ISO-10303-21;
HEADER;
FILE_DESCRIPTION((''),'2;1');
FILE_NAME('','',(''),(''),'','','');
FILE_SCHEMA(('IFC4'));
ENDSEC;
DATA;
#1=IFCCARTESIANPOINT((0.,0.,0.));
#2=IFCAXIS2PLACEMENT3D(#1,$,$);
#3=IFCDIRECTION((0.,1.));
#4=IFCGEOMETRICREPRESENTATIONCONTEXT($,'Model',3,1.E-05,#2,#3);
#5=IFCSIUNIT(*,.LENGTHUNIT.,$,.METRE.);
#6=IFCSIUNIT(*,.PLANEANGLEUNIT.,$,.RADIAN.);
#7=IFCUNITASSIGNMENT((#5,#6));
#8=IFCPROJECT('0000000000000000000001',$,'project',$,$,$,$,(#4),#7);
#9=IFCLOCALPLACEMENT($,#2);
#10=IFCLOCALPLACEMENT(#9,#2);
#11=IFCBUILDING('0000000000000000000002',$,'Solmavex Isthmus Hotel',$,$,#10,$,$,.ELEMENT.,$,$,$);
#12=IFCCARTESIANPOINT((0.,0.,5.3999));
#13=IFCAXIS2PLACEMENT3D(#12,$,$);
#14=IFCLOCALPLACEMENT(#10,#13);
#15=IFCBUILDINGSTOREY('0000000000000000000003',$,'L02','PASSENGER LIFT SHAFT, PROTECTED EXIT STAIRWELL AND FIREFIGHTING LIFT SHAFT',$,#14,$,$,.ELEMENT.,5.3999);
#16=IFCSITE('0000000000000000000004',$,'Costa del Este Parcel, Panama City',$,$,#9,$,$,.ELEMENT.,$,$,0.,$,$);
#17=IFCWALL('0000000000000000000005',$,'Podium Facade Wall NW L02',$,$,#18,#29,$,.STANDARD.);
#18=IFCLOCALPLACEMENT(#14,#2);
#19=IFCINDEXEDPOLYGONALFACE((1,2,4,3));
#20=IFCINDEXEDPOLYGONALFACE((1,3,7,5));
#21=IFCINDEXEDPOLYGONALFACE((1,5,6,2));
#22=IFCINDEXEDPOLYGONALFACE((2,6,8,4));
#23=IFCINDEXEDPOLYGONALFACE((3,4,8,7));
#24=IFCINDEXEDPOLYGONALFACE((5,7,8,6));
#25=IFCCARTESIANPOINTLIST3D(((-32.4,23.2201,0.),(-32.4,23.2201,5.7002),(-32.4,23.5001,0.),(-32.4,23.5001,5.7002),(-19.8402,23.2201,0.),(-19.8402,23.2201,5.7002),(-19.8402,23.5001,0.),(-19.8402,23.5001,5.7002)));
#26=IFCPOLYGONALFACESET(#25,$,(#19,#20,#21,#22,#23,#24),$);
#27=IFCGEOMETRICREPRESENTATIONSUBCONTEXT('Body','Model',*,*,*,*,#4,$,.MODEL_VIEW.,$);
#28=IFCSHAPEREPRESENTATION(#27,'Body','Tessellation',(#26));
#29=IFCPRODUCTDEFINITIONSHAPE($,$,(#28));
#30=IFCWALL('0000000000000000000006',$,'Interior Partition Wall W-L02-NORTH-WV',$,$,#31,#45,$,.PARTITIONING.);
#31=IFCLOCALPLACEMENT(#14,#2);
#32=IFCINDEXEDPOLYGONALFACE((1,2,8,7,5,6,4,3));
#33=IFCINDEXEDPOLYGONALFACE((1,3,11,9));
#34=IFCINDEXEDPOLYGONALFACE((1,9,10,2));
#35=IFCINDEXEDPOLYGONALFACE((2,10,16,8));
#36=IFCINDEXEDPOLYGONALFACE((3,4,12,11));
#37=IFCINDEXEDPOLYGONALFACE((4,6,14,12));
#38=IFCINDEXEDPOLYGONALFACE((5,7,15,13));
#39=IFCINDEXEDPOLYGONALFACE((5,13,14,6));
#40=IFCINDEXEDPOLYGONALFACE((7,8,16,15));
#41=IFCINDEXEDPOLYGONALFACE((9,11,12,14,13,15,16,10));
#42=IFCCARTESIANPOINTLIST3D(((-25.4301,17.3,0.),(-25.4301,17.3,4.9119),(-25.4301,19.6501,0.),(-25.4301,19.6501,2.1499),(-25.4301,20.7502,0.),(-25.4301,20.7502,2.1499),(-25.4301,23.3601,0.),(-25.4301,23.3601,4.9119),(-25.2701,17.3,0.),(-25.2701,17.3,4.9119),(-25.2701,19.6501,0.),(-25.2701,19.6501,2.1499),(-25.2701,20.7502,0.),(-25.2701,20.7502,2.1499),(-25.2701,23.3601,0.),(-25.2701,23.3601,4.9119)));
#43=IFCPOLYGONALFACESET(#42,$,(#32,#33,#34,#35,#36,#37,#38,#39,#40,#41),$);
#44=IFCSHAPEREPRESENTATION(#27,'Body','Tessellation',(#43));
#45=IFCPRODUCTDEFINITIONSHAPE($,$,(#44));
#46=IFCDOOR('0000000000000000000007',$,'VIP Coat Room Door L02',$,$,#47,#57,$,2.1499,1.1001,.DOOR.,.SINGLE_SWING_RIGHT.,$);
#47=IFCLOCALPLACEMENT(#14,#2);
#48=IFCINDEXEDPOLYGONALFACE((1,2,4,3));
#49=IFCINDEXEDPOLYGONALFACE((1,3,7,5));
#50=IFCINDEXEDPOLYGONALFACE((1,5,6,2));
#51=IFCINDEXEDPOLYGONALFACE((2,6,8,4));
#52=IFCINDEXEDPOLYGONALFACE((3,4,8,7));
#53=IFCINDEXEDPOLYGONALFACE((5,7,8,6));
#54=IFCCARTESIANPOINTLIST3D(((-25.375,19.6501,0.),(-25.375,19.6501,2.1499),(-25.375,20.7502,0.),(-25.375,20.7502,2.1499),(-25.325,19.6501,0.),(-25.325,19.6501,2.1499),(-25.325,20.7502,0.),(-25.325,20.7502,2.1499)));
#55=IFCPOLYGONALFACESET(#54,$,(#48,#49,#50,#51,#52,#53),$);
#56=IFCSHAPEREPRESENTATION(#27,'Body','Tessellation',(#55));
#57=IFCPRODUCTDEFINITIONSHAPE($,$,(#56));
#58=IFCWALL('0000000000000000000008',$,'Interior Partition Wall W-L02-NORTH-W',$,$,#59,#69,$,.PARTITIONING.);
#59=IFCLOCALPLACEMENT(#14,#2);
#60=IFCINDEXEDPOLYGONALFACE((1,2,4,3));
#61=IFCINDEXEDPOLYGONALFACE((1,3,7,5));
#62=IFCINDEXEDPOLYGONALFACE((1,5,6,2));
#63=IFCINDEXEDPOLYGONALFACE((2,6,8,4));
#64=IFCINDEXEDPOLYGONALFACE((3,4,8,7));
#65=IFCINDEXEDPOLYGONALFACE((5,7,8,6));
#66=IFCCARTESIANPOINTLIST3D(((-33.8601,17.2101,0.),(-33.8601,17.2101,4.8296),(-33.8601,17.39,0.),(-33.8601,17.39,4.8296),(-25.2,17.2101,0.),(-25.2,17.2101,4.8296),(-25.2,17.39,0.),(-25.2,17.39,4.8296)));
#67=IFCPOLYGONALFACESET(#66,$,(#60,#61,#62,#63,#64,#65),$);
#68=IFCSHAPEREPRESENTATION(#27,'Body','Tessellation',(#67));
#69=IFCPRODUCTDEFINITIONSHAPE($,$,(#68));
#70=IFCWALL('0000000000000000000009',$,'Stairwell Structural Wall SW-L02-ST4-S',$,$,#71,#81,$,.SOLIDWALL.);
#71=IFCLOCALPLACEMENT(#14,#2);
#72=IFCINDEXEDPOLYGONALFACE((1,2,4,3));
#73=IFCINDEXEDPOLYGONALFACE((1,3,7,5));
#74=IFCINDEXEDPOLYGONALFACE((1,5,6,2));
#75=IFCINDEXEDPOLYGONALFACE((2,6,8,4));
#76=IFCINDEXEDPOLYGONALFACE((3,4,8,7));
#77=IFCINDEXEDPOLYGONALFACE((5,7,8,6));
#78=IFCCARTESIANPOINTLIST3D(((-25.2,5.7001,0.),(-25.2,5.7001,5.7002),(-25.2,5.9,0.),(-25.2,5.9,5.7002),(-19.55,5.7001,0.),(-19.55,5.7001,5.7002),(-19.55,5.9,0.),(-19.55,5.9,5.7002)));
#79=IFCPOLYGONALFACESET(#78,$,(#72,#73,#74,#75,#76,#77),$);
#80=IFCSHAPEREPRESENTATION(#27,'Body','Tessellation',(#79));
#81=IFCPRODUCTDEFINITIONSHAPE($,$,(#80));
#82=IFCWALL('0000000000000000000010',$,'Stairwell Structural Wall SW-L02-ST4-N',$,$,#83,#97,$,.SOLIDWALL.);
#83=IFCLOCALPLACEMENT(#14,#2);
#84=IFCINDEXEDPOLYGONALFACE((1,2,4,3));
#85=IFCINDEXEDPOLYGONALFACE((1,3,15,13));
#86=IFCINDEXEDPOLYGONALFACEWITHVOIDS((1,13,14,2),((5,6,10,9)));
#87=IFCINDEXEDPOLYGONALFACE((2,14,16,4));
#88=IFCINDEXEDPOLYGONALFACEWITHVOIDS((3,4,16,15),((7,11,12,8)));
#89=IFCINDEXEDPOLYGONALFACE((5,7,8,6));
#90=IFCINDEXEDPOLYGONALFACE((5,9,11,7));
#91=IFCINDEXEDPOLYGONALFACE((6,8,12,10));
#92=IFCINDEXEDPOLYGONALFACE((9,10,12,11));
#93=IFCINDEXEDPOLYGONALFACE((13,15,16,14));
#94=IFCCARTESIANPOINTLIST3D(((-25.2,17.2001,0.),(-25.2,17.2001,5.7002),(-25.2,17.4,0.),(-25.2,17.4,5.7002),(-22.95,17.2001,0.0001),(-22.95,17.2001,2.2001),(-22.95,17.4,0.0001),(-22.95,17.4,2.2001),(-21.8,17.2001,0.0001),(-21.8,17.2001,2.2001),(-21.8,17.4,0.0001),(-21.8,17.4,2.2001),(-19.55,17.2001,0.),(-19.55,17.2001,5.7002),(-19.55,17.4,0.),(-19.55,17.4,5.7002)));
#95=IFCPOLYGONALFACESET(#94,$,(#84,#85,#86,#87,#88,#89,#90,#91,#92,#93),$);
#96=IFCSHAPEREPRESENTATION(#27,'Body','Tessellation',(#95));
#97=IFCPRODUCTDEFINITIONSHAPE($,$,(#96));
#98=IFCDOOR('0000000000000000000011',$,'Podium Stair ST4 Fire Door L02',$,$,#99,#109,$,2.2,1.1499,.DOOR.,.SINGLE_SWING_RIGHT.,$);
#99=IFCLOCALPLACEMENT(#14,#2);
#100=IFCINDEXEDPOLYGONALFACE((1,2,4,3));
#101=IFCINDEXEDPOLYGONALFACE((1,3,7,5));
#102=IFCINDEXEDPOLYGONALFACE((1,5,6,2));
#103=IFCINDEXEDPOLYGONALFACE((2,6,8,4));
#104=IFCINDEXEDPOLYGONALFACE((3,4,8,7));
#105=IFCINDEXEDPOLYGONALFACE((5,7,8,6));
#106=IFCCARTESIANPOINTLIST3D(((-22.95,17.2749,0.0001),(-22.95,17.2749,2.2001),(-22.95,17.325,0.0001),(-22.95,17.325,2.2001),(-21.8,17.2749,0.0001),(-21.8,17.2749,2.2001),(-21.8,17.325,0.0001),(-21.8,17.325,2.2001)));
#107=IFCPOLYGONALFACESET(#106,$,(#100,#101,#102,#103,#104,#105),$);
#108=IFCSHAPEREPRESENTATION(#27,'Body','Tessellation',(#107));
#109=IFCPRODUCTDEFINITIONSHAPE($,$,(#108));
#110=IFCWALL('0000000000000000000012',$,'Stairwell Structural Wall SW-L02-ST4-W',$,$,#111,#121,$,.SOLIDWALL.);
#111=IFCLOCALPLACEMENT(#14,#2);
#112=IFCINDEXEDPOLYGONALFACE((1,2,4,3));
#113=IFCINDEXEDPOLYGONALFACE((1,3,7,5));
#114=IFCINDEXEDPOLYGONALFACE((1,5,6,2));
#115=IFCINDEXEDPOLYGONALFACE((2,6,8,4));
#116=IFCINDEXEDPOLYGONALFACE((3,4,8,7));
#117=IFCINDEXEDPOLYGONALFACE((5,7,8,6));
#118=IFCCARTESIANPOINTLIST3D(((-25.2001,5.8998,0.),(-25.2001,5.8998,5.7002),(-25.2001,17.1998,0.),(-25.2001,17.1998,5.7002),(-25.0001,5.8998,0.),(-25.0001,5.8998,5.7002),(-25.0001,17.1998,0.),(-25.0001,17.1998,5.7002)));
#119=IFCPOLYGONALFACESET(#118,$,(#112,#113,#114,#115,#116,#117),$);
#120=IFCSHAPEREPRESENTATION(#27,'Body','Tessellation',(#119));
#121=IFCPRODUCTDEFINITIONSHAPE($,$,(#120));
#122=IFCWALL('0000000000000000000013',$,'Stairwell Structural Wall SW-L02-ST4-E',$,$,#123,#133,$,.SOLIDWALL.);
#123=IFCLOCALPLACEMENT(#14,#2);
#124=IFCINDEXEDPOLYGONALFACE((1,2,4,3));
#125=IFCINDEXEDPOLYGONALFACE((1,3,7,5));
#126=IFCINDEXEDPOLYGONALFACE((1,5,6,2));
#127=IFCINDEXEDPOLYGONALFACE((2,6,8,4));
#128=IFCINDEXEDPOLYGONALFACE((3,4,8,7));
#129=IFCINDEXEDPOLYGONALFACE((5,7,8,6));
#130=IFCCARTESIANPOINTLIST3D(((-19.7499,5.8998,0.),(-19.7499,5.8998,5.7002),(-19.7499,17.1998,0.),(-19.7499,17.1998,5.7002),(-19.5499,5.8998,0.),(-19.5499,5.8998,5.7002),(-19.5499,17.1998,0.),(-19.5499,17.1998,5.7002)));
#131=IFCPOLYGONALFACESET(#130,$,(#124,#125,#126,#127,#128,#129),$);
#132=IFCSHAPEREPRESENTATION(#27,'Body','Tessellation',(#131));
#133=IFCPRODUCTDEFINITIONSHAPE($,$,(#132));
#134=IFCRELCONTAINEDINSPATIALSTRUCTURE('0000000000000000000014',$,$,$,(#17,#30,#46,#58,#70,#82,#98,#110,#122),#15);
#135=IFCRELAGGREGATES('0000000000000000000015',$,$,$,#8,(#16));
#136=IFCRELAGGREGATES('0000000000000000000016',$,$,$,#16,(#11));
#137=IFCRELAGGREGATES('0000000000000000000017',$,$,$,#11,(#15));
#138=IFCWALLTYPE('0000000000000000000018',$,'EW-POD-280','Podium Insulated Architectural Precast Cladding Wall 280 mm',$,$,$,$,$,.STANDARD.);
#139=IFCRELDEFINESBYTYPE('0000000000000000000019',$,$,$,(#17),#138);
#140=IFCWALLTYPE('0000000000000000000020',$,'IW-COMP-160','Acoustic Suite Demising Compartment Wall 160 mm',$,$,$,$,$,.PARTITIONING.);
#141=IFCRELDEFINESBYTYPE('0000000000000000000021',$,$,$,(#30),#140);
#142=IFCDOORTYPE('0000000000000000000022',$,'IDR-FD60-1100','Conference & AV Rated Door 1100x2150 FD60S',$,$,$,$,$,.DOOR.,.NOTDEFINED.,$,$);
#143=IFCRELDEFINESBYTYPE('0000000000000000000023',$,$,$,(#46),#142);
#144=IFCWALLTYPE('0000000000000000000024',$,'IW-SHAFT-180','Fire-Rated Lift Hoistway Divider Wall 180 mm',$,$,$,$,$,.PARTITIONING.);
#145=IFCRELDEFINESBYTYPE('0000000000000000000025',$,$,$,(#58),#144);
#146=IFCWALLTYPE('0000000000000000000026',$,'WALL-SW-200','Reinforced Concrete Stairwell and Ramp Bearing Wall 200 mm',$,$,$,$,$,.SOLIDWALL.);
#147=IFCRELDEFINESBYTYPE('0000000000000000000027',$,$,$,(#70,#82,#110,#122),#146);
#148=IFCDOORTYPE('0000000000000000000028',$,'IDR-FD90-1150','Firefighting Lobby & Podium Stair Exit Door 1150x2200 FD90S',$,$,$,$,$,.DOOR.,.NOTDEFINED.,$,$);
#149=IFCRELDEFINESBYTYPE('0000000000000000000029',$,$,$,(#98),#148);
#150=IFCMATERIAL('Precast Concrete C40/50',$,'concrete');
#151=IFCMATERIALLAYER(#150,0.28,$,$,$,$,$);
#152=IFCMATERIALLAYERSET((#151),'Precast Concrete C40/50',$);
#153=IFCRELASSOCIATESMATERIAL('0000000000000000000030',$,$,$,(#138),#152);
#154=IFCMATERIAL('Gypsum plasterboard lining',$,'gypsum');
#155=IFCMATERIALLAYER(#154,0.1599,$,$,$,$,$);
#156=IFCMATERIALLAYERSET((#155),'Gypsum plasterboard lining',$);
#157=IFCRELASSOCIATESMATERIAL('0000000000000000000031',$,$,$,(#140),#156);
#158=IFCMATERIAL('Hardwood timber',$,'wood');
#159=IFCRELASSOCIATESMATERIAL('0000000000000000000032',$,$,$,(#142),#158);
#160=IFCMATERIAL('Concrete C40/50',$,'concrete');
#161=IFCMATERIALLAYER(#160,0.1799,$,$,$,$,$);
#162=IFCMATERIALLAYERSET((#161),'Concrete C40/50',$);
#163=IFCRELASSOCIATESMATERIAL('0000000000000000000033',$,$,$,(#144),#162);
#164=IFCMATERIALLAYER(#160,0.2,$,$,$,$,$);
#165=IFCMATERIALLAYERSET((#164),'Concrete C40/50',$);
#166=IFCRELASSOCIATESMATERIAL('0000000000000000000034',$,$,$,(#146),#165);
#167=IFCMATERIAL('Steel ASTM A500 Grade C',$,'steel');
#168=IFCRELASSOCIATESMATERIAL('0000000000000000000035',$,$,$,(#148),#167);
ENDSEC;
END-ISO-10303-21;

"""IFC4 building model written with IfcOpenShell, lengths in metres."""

from ifc_helpers import new_model, si_unit, direction, frame, frame_2d, origin, place, context, subcontext, project, spatial, rectangle, extrude, material, layer, layer_set, type_object, element, fill, save


model = new_model("IFC4")

# Units and contexts
model_context = context("Model", 3, precision=1e-05, world=origin(), true_north=direction((0.0, 1.0)))
body_context = subcontext(model_context, "Body", "Model", "MODEL_VIEW")
ifc_project = project(units=[si_unit("LENGTHUNIT", "METRE"), si_unit("PLANEANGLEUNIT", "RADIAN")], contexts=[model_context])

# Site, building, storey
site_placement = place(None, origin())
site = spatial("IfcSite", under=ifc_project, at=site_placement, Name="Costa del Este Parcel, Panama City", CompositionType="ELEMENT", RefElevation=0.0)
building_placement = place(site_placement, origin())
building = spatial("IfcBuilding", under=site, at=building_placement, Name="Solmavex Isthmus Hotel", CompositionType="ELEMENT")
storey_placement = place(building_placement, frame((0.0, 0.0, 5.3999)))
storey = spatial("IfcBuildingStorey", under=building, at=storey_placement, Name="L02", Description="PASSENGER LIFT SHAFT, PROTECTED EXIT STAIRWELL AND FIREFIGHTING LIFT SHAFT", CompositionType="ELEMENT", Elevation=5.3999)

# Wall
ifc_material_1 = material(Name="Precast Concrete C40/50", Category="concrete")
ifc_layer_1 = layer(ifc_material_1, 0.28)
ifc_layer_set_1 = layer_set([ifc_layer_1], Name="Precast Concrete C40/50")
wall_type_1 = type_object("IfcWallType", Name="EW-POD-280", Description="Podium Insulated Architectural Precast Cladding Wall 280 mm", PredefinedType="STANDARD", material=ifc_layer_set_1)
wall_1_placement = place(storey_placement, frame((-32.3999, 23.3601, 0.0), z_axis=(0.0, 0.0, 1.0), x_axis=(1.0, 0.0, 0.0)))
element("IfcWall", 1, at=wall_1_placement, inside=storey, type_object=wall_type_1, Name="Podium Facade Wall NW L02", PredefinedType="STANDARD", context=body_context, shape_type="SweptSolid", body=[
    extrude(rectangle(XDim=12.5598, YDim=0.28, at=frame_2d((6.2798, 0.0))), origin(), (0.0, 0.0, 1.0), 5.7002),
])

# Wall, opening, door
ifc_material_2 = material(Name="Gypsum plasterboard lining", Category="gypsum")
ifc_layer_2 = layer(ifc_material_2, 0.1599)
ifc_layer_set_2 = layer_set([ifc_layer_2], Name="Gypsum plasterboard lining")
wall_type_2 = type_object("IfcWallType", Name="IW-COMP-160", Description="Acoustic Suite Demising Compartment Wall 160 mm", PredefinedType="PARTITIONING", material=ifc_layer_set_2)
wall_2_placement = place(storey_placement, frame((-25.3501, 17.3, 0.0), z_axis=(0.0, 0.0, 1.0), x_axis=(0.0, 1.0, 0.0)))
wall_2 = element("IfcWall", 2, at=wall_2_placement, inside=storey, type_object=wall_type_2, Name="Interior Partition Wall W-L02-NORTH-WV", PredefinedType="PARTITIONING", context=body_context, shape_type="SweptSolid", body=[
    extrude(rectangle(XDim=6.0601, YDim=0.1599, at=frame_2d((3.03, 0.0))), origin(), (0.0, 0.0, 1.0), 4.9119),
])
opening_1_placement = place(wall_2_placement, frame((2.3501, 0.0, 0.0)))
opening_1 = element("IfcOpeningElement", 3, at=opening_1_placement, cuts=wall_2, PredefinedType="OPENING", context=body_context, shape_type="SweptSolid", body=[
    extrude(rectangle(XDim=1.1001, YDim=2.1499, at=frame_2d((0.55, 1.075))), frame((0.0, 0.0898, 0.0), z_axis=(0.0, -1.0, 0.0), x_axis=(1.0, 0.0, 0.0)), (0.0, 0.0, 1.0), 0.1799),
])
ifc_material_3 = material(Name="Hardwood timber", Category="wood")
door_type_1 = type_object("IfcDoorType", Name="IDR-FD60-1100", Description="Conference & AV Rated Door 1100x2150 FD60S", OperationType="NOTDEFINED", PredefinedType="DOOR", material=ifc_material_3)
door_1_placement = place(opening_1_placement, origin())
door_1 = element("IfcDoor", 4, at=door_1_placement, inside=storey, type_object=door_type_1, Name="VIP Coat Room Door L02", OperationType="SINGLE_SWING_RIGHT", OverallHeight=2.1499, OverallWidth=1.1001, PredefinedType="DOOR", context=body_context, shape_type="SweptSolid", body=[
    extrude(rectangle(XDim=1.1001, YDim=2.1499, at=frame_2d((0.55, 1.075))), frame((0.0, 0.0249, 0.0), z_axis=(0.0, -1.0, 0.0), x_axis=(1.0, 0.0, 0.0)), (0.0, 0.0, 1.0), 0.05),
])
fill(opening_1, door_1)

# Walls
ifc_material_4 = material(Name="Concrete C40/50", Category="concrete")
ifc_layer_3 = layer(ifc_material_4, 0.1799)
ifc_layer_set_3 = layer_set([ifc_layer_3], Name="Concrete C40/50")
wall_type_3 = type_object("IfcWallType", Name="IW-SHAFT-180", Description="Fire-Rated Lift Hoistway Divider Wall 180 mm", PredefinedType="PARTITIONING", material=ifc_layer_set_3)
wall_3_placement = place(storey_placement, frame((-33.8601, 17.3, 0.0), z_axis=(0.0, 0.0, 1.0), x_axis=(1.0, 0.0, 0.0)))
element("IfcWall", 5, at=wall_3_placement, inside=storey, type_object=wall_type_3, Name="Interior Partition Wall W-L02-NORTH-W", PredefinedType="PARTITIONING", context=body_context, shape_type="SweptSolid", body=[
    extrude(rectangle(XDim=8.6602, YDim=0.1799, at=frame_2d((4.3301, 0.0))), origin(), (0.0, 0.0, 1.0), 4.8296),
])
ifc_layer_4 = layer(ifc_material_4, 0.2)
ifc_layer_set_4 = layer_set([ifc_layer_4], Name="Concrete C40/50")
wall_type_4 = type_object("IfcWallType", Name="WALL-SW-200", Description="Reinforced Concrete Stairwell and Ramp Bearing Wall 200 mm", PredefinedType="SOLIDWALL", material=ifc_layer_set_4)
wall_4_placement = place(storey_placement, frame((-25.2, 5.8, 0.0), z_axis=(0.0, 0.0, 1.0), x_axis=(1.0, 0.0, 0.0)))
element("IfcWall", 6, at=wall_4_placement, inside=storey, type_object=wall_type_4, Name="Stairwell Structural Wall SW-L02-ST4-S", PredefinedType="SOLIDWALL", context=body_context, shape_type="SweptSolid", body=[
    extrude(rectangle(XDim=5.6499, YDim=0.2, at=frame_2d((2.825, 0.0))), origin(), (0.0, 0.0, 1.0), 5.7002),
])

# Wall, opening, door
wall_5_placement = place(storey_placement, frame((-25.2, 17.3, 0.0), z_axis=(0.0, 0.0, 1.0), x_axis=(1.0, 0.0, 0.0)))
wall_5 = element("IfcWall", 7, at=wall_5_placement, inside=storey, type_object=wall_type_4, Name="Stairwell Structural Wall SW-L02-ST4-N", PredefinedType="SOLIDWALL", context=body_context, shape_type="SweptSolid", body=[
    extrude(rectangle(XDim=5.6499, YDim=0.2, at=frame_2d((2.825, 0.0))), origin(), (0.0, 0.0, 1.0), 5.7002),
])
opening_2_placement = place(wall_5_placement, frame((2.25, 0.0, 0.0)))
opening_2 = element("IfcOpeningElement", 8, at=opening_2_placement, cuts=wall_5, PredefinedType="OPENING", context=body_context, shape_type="SweptSolid", body=[
    extrude(rectangle(XDim=1.1499, YDim=2.2, at=frame_2d((0.575, 1.1001))), frame((0.0, 0.1099, 0.0), z_axis=(0.0, -1.0, 0.0), x_axis=(1.0, 0.0, 0.0)), (0.0, 0.0, 1.0), 0.22),
])
ifc_material_5 = material(Name="Steel ASTM A500 Grade C", Category="steel")
door_type_2 = type_object("IfcDoorType", Name="IDR-FD90-1150", Description="Firefighting Lobby & Podium Stair Exit Door 1150x2200 FD90S", OperationType="NOTDEFINED", PredefinedType="DOOR", material=ifc_material_5)
door_2_placement = place(opening_2_placement, origin())
door_2 = element("IfcDoor", 9, at=door_2_placement, inside=storey, type_object=door_type_2, Name="Podium Stair ST4 Fire Door L02", OperationType="SINGLE_SWING_RIGHT", OverallHeight=2.2, OverallWidth=1.1499, PredefinedType="DOOR", context=body_context, shape_type="SweptSolid", body=[
    extrude(rectangle(XDim=1.1499, YDim=2.2, at=frame_2d((0.575, 1.1001))), frame((0.0, 0.0249, 0.0), z_axis=(0.0, -1.0, 0.0), x_axis=(1.0, 0.0, 0.0)), (0.0, 0.0, 1.0), 0.05),
])
fill(opening_2, door_2)

# Walls
for number, where, z_axis, x_axis, name in (
    (10, (-25.1001, 5.8999, 0.0), (0.0, 0.0, 1.0), (0.0, 1.0, 0.0), "Stairwell Structural Wall SW-L02-ST4-W"),
    (11, (-19.6499, 5.8999, 0.0), (0.0, 0.0, 1.0), (0.0, 1.0, 0.0), "Stairwell Structural Wall SW-L02-ST4-E"),
):
    element("IfcWall", number, at=place(storey_placement, frame(where, z_axis=z_axis, x_axis=x_axis)), inside=storey, type_object=wall_type_4, Name=name, PredefinedType="SOLIDWALL", context=body_context, shape_type="SweptSolid", body=[
        extrude(rectangle(XDim=11.3, YDim=0.2, at=frame_2d((5.6499, 0.0))), origin(), (0.0, 0.0, 1.0), 5.7002),
    ])

save(model, "model.ifc")
